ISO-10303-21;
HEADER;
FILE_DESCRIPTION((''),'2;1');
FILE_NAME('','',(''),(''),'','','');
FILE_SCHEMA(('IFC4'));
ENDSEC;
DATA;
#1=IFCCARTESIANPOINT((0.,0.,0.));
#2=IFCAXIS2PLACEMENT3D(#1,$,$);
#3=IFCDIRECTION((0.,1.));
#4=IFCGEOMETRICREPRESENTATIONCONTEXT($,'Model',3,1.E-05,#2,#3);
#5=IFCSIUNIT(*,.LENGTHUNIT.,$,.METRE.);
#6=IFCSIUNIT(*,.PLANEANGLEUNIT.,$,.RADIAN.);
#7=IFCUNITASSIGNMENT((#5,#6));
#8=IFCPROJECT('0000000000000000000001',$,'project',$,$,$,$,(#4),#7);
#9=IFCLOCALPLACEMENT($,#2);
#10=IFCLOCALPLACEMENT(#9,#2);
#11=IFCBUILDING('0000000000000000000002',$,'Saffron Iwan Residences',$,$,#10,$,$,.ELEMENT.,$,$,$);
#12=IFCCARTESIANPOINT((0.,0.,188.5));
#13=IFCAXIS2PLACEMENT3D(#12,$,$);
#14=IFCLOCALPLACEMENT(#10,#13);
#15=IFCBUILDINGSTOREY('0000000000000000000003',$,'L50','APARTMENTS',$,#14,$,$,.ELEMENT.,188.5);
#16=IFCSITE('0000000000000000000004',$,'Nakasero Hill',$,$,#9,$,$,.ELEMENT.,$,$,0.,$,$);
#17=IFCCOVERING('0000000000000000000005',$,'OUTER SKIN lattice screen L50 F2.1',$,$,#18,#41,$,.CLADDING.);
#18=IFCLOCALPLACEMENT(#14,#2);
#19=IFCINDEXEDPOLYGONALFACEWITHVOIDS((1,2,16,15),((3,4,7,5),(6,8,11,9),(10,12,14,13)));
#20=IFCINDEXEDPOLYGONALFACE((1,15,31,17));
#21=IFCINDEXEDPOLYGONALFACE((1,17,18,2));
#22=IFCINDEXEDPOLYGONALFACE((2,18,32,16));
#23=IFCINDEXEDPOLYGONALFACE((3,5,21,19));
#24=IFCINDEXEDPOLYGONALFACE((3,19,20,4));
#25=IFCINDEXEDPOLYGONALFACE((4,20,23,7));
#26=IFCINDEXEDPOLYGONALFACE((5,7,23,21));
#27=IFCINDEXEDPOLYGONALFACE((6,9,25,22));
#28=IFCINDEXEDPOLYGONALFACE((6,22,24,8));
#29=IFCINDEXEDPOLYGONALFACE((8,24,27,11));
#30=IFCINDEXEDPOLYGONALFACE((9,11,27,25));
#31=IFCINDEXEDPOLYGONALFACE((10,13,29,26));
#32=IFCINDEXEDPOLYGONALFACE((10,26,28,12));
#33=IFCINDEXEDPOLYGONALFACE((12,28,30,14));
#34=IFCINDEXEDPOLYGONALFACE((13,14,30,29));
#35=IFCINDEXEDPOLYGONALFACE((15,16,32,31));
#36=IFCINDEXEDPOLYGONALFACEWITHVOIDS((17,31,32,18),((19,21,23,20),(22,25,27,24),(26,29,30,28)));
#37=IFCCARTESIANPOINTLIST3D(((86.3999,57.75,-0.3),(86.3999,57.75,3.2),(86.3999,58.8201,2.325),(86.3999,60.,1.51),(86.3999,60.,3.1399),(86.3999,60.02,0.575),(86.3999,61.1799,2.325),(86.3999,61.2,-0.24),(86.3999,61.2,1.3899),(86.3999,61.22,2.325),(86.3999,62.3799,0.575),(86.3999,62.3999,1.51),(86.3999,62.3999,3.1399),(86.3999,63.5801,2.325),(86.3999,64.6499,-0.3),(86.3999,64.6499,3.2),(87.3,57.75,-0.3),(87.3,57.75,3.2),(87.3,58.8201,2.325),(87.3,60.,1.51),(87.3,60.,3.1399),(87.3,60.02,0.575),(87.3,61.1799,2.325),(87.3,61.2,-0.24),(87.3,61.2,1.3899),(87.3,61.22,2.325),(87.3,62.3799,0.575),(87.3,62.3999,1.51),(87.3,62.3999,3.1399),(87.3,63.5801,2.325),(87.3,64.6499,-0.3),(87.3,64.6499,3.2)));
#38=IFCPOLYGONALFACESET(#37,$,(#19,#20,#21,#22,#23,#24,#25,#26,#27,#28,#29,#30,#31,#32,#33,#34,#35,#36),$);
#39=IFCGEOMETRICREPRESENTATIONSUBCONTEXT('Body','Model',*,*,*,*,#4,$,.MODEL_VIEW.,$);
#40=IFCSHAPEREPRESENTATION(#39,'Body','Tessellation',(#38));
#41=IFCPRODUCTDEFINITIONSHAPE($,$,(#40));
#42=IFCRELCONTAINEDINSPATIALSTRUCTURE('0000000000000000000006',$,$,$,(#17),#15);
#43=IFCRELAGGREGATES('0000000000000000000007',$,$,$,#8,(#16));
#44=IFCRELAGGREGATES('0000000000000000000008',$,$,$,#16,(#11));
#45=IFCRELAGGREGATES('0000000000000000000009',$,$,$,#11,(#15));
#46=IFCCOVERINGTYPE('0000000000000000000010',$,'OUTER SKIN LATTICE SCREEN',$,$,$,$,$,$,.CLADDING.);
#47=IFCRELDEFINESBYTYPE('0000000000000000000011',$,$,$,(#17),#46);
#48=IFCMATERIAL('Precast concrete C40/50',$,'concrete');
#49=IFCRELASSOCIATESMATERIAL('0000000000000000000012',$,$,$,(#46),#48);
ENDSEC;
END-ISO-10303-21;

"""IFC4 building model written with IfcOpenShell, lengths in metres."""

from ifc_helpers import new_model, si_unit, direction, frame, origin, place, context, subcontext, project, spatial, polyline, outline, extrude, material, type_object, element, save


model = new_model("IFC4")

# Units and contexts
model_context = context("Model", 3, precision=1e-05, world=origin(), true_north=direction((0.0, 1.0)))
body_context = subcontext(model_context, "Body", "Model", "MODEL_VIEW")
ifc_project = project(units=[si_unit("LENGTHUNIT", "METRE"), si_unit("PLANEANGLEUNIT", "RADIAN")], contexts=[model_context])

# Site, building, storey
site_placement = place(None, origin())
site = spatial("IfcSite", under=ifc_project, at=site_placement, Name="Nakasero Hill", CompositionType="ELEMENT", RefElevation=0.0)
building_placement = place(site_placement, origin())
building = spatial("IfcBuilding", under=site, at=building_placement, Name="Saffron Iwan Residences", CompositionType="ELEMENT")
storey_placement = place(building_placement, frame((0.0, 0.0, 188.5)))
storey = spatial("IfcBuildingStorey", under=building, at=storey_placement, Name="L50", Description="APARTMENTS", CompositionType="ELEMENT", Elevation=188.5)

# Covering
ifc_material_1 = material(Name="Precast concrete C40/50", Category="concrete")
covering_type = type_object("IfcCoveringType", Name="OUTER SKIN LATTICE SCREEN", PredefinedType="CLADDING", material=ifc_material_1)
covering_placement = place(storey_placement, frame((86.3999, 57.75, -0.3), z_axis=(1.0, 0.0, 0.0), x_axis=(0.0, 1.0, 0.0)))
element("IfcCovering", 1, at=covering_placement, inside=storey, type_object=covering_type, Name="OUTER SKIN lattice screen L50 F2.1", PredefinedType="CLADDING", context=body_context, shape_type="SweptSolid", body=[
    extrude(outline(polyline([(0.0, 0.0), (6.8999, 0.0), (6.8999, 3.5), (0.0, 3.5), (0.0, 0.0)]), holes=[polyline([(2.27, 0.875), (3.45, 0.0601), (4.6299, 0.875), (3.45, 1.6899), (2.27, 0.875)]), polyline([(1.0701, 2.625), (2.25, 1.8101), (3.4299, 2.625), (2.25, 3.4399), (1.0701, 2.625)]), polyline([(3.47, 2.625), (4.6499, 1.8101), (5.8301, 2.625), (4.6499, 3.4399), (3.47, 2.625)])]), origin(), (0.0, 0.0, 1.0), 0.9001),
])

save(model, "model.ifc")
